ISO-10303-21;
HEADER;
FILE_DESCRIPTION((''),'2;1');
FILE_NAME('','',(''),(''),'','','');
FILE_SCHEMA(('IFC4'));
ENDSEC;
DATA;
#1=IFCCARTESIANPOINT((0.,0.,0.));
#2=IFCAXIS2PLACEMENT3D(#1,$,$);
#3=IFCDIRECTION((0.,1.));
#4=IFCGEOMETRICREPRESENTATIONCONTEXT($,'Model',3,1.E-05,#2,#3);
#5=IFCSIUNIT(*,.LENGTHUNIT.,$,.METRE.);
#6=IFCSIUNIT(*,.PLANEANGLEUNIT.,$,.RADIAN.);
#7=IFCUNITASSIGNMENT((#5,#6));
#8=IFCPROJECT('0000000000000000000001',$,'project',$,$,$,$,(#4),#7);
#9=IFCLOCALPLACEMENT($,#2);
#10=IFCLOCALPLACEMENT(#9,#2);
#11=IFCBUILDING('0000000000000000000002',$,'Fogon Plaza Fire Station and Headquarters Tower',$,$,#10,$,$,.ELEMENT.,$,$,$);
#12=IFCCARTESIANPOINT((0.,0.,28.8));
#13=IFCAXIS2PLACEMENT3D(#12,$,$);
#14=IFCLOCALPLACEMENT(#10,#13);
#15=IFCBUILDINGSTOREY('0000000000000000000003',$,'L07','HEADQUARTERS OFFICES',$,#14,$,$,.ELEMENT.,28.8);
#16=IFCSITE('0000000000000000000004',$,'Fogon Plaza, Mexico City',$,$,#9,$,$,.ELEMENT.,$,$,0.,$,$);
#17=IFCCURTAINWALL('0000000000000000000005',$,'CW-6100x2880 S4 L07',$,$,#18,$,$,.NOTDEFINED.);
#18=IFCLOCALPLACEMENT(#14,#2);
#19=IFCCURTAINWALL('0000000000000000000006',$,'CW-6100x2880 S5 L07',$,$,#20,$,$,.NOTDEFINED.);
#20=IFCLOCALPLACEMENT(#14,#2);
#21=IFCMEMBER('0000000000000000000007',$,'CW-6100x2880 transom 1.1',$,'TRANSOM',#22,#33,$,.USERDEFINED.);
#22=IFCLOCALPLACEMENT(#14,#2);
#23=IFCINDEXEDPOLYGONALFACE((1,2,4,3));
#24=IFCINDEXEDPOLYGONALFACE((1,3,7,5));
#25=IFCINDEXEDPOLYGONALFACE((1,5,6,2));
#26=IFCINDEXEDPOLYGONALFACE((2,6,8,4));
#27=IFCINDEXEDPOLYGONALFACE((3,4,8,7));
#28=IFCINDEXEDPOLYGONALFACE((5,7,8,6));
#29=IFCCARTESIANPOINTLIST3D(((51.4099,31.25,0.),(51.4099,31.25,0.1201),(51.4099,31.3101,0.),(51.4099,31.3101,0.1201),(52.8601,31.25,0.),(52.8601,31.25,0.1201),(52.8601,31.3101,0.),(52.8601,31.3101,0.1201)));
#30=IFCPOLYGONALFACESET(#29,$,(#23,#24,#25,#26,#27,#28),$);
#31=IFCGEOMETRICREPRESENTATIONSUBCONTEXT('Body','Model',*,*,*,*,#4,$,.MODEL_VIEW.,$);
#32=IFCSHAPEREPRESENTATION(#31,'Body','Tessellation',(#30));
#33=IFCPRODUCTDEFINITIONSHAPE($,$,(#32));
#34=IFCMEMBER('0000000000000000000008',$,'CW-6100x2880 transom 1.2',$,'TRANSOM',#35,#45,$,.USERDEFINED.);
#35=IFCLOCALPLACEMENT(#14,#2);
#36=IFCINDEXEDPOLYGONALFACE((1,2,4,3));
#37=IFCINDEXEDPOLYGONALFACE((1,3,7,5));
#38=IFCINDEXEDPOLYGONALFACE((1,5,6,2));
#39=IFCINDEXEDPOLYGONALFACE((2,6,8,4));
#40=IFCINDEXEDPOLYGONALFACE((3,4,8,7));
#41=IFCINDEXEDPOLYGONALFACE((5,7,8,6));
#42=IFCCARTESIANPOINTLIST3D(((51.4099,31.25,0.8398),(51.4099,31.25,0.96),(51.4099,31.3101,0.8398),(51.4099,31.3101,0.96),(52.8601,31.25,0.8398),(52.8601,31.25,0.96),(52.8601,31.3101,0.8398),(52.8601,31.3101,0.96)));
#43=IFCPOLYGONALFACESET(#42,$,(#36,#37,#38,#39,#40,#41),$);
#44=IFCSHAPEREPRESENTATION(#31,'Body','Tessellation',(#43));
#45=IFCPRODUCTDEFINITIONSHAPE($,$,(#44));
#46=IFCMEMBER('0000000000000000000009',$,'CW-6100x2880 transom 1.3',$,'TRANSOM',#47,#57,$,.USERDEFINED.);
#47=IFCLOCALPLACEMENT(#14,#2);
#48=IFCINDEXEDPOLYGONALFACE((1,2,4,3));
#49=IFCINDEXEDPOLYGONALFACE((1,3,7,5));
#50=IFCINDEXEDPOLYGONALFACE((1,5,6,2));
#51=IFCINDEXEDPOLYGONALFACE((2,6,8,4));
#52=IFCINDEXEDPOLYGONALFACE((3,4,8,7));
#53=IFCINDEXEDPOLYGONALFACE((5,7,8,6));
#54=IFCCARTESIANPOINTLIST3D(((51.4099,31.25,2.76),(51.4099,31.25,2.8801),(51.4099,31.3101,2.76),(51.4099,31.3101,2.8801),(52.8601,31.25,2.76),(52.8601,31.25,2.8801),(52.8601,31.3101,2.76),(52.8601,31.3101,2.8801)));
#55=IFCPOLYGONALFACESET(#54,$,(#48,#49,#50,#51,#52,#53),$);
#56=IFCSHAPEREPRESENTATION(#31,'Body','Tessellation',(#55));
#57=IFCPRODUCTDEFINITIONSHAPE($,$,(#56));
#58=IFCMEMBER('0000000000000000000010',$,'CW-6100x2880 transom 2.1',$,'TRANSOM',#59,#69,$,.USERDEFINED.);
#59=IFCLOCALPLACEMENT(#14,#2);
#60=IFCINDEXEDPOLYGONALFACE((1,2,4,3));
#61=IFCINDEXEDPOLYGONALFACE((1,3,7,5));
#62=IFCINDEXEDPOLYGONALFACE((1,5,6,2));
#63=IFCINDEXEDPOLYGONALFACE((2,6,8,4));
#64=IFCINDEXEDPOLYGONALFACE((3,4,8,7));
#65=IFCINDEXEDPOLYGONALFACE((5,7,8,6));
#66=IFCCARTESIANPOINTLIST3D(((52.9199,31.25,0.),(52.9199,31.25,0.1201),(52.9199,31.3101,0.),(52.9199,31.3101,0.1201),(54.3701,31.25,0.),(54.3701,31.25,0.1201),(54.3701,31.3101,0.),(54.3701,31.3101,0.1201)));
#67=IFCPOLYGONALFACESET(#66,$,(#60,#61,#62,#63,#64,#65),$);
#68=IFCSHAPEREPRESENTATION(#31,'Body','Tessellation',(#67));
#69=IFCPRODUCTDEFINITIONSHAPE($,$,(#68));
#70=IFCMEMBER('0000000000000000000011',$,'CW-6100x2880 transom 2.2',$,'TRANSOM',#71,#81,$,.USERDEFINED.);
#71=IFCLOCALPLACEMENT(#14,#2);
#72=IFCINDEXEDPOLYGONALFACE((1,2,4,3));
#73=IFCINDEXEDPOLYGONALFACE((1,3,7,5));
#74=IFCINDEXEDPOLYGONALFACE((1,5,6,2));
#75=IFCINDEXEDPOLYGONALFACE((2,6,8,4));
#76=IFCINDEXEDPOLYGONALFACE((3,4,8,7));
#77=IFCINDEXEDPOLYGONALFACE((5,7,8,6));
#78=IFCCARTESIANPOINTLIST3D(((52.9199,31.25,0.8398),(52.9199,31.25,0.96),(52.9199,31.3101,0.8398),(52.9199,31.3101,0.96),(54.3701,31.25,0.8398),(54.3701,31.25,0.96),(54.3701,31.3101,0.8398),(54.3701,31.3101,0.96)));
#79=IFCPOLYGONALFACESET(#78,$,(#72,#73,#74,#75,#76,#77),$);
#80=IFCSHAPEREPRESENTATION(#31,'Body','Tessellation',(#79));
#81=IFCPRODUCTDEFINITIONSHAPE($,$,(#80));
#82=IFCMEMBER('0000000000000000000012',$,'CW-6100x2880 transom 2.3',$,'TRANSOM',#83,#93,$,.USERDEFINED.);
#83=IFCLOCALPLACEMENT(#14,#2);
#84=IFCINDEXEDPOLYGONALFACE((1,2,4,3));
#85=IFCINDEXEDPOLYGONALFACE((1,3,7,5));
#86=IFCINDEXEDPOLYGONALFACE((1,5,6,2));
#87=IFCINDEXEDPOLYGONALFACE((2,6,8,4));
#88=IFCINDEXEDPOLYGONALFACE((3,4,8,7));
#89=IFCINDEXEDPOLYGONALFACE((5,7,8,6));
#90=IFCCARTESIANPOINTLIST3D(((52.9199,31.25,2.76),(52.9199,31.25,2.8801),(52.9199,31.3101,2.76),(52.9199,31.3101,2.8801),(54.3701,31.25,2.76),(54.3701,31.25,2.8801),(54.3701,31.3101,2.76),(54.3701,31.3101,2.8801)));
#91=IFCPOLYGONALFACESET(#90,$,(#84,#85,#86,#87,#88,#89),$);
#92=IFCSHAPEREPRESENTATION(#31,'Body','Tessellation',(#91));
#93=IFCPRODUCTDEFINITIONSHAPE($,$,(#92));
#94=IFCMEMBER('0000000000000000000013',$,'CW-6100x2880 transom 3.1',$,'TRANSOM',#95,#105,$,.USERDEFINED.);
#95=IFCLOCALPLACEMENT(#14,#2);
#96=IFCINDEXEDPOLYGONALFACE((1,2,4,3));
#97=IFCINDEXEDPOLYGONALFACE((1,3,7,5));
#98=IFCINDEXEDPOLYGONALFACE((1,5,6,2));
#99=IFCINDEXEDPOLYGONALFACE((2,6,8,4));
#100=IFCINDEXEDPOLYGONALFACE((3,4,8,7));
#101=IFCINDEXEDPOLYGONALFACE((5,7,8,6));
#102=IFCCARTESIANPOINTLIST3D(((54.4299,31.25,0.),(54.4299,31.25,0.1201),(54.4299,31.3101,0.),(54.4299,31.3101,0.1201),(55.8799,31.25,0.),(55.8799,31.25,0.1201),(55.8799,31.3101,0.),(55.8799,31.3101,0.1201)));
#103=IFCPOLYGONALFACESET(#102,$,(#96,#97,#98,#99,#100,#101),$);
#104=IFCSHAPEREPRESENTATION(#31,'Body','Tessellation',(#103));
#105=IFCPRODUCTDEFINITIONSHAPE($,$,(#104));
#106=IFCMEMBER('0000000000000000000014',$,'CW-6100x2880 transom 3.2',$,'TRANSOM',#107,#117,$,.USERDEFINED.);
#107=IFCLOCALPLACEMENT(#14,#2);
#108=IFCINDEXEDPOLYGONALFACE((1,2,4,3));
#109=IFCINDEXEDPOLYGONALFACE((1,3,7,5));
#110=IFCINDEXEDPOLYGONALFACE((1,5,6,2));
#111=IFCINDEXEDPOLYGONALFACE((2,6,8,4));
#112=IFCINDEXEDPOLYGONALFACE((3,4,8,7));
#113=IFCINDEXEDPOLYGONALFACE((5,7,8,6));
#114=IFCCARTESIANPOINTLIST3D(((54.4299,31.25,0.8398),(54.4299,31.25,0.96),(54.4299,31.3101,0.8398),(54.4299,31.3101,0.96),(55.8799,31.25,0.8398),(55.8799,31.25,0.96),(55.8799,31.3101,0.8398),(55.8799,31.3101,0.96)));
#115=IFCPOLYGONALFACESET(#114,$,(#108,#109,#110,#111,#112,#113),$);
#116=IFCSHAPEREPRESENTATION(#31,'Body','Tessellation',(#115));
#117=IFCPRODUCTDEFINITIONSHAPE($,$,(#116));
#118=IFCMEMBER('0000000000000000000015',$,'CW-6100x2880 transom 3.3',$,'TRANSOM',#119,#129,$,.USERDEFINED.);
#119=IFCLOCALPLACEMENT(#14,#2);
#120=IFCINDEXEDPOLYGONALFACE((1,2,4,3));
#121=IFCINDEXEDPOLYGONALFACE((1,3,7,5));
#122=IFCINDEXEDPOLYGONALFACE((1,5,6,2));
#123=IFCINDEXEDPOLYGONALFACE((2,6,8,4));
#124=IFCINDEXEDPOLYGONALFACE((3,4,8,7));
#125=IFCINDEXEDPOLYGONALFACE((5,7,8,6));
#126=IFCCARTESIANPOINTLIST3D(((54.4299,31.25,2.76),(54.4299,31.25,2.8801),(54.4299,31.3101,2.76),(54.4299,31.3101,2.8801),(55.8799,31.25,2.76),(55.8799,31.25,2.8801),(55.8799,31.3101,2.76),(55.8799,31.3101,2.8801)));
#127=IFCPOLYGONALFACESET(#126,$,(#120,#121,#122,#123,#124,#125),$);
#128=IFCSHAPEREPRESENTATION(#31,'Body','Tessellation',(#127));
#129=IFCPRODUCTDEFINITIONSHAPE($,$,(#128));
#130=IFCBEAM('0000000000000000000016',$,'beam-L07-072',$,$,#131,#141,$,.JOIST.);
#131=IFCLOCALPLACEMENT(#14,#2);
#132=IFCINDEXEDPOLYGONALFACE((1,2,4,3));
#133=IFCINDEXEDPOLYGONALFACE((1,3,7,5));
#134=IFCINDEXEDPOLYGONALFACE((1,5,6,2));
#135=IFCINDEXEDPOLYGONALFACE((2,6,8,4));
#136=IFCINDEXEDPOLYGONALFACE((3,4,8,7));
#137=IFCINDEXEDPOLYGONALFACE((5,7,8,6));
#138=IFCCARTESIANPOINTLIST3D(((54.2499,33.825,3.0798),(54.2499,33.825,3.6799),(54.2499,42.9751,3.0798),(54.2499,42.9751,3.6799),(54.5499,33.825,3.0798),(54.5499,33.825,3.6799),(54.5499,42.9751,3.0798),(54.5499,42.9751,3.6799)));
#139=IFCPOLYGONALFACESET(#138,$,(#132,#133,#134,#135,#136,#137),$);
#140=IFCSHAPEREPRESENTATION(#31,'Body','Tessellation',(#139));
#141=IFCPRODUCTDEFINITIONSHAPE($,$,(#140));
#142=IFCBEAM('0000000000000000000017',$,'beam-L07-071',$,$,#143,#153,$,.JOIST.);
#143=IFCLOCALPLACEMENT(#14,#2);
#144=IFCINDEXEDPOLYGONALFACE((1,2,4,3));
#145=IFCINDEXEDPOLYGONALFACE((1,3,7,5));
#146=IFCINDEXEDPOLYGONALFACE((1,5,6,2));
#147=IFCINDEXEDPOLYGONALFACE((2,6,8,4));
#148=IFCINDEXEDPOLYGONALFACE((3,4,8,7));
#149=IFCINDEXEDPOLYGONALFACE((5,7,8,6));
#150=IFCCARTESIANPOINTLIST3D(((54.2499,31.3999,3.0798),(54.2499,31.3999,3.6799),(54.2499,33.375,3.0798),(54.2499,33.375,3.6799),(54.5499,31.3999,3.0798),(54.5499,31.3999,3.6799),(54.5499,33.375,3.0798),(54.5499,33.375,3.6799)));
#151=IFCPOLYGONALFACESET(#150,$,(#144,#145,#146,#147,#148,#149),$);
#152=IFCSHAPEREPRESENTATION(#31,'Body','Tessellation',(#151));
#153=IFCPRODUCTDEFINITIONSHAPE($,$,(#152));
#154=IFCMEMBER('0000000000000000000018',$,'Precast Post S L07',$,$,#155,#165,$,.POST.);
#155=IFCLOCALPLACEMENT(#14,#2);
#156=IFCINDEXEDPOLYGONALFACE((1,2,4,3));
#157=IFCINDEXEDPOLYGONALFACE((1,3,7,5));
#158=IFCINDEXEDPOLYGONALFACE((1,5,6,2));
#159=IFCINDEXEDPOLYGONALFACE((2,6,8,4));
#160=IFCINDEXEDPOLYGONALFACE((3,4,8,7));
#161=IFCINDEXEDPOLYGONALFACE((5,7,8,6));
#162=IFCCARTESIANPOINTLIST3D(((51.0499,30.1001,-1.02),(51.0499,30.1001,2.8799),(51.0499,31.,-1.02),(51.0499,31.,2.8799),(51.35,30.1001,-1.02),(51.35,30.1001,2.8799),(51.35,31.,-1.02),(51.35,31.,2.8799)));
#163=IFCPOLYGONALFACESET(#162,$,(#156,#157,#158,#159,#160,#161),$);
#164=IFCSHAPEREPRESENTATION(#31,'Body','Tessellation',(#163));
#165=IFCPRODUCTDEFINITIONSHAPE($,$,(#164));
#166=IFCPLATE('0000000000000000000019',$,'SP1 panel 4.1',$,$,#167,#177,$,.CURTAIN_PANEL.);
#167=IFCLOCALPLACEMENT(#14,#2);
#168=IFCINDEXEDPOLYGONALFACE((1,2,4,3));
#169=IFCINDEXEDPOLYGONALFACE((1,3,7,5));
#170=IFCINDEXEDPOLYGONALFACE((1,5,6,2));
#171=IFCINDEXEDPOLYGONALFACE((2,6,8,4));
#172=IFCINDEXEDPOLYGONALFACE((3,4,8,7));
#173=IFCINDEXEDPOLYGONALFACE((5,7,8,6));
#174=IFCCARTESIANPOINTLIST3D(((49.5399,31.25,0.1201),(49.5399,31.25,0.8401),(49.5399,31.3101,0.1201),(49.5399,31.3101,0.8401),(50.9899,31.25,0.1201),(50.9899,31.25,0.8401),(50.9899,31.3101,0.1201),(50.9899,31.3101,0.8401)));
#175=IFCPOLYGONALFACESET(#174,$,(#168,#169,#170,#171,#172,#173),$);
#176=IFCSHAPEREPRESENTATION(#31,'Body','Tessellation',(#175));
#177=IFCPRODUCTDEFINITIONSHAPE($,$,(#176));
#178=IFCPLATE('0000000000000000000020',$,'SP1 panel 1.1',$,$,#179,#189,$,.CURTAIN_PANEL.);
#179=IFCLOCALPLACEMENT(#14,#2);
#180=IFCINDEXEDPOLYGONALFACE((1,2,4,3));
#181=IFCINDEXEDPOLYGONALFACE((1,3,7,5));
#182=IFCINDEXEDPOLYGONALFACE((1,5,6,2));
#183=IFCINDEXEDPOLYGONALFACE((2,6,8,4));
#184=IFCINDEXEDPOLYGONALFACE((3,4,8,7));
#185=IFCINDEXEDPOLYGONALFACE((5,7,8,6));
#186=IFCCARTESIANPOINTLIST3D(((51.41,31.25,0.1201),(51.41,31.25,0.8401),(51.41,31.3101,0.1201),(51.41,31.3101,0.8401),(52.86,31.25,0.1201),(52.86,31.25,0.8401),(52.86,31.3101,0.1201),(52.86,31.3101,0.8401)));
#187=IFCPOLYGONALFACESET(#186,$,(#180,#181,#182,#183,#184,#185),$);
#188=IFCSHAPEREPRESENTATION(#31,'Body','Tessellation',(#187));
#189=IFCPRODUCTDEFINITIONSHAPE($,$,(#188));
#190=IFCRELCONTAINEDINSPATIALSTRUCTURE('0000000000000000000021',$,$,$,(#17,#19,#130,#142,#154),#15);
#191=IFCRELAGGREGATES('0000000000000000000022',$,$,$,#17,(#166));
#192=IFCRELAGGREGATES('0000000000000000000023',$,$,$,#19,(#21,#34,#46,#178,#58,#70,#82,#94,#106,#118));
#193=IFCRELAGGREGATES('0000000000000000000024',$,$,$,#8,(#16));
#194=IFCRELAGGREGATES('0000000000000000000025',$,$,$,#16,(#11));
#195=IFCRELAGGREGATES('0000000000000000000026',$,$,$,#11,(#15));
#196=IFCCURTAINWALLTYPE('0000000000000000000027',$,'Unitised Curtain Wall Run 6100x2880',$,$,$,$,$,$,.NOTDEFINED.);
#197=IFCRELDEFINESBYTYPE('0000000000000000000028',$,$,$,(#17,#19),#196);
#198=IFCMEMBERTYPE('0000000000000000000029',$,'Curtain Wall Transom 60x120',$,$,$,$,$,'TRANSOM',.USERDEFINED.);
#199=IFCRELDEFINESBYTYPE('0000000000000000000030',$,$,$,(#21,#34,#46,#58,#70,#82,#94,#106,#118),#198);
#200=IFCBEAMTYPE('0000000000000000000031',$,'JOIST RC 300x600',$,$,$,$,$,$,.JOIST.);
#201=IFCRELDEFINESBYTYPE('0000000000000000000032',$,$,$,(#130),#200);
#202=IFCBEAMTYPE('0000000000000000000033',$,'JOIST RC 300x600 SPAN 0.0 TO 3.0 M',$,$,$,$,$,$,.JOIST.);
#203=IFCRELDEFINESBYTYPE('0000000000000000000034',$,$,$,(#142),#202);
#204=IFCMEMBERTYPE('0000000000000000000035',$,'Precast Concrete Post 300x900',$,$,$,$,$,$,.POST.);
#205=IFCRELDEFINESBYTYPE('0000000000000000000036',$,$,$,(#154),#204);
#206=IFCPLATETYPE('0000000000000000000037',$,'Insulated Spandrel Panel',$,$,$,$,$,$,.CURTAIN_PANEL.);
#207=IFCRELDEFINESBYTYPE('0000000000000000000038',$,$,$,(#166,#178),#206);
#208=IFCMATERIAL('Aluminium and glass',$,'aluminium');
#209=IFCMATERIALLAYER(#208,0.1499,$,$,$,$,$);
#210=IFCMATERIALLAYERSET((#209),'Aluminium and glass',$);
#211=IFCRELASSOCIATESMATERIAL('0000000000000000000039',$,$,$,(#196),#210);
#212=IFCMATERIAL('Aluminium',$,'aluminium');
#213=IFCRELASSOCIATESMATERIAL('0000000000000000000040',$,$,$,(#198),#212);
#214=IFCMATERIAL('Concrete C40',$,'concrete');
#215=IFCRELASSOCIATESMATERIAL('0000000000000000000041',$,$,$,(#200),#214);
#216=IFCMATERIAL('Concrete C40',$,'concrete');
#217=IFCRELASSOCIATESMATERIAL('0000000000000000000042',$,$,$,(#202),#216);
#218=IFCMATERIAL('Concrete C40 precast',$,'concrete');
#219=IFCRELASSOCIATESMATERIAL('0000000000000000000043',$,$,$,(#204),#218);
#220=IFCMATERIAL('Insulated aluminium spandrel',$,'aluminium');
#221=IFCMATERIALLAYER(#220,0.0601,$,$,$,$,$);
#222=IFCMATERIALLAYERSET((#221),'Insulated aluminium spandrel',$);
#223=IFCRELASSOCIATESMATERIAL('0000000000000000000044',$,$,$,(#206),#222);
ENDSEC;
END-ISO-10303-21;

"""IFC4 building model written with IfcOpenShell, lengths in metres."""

from ifc_helpers import new_model, si_unit, direction, frame, origin, origin_2d, place, context, subcontext, project, spatial, rectangle, extrude, material, layer, layer_set, material_profile, profile_set, type_object, element, aggregate, save


model = new_model("IFC4")

# Units and contexts
model_context = context("Model", 3, precision=1e-05, world=origin(), true_north=direction((0.0, 1.0)))
body_context = subcontext(model_context, "Body", "Model", "MODEL_VIEW")
ifc_project = project(units=[si_unit("LENGTHUNIT", "METRE"), si_unit("PLANEANGLEUNIT", "RADIAN")], contexts=[model_context])

# Site, building, storey
site_placement = place(None, origin())
site = spatial("IfcSite", under=ifc_project, at=site_placement, Name="Fogon Plaza, Mexico City", CompositionType="ELEMENT", RefElevation=0.0)
building_placement = place(site_placement, origin())
building = spatial("IfcBuilding", under=site, at=building_placement, Name="Fogon Plaza Fire Station and Headquarters Tower", CompositionType="ELEMENT")
storey_placement = place(building_placement, frame((0.0, 0.0, 28.8)))
storey = spatial("IfcBuildingStorey", under=building, at=storey_placement, Name="L07", Description="HEADQUARTERS OFFICES", CompositionType="ELEMENT", Elevation=28.8)

# Curtain walls
ifc_material_1 = material(Name="Aluminium and glass", Category="aluminium")
ifc_layer_1 = layer(ifc_material_1, 0.1499)
ifc_layer_set_1 = layer_set([ifc_layer_1], Name="Aluminium and glass")
curtain_wall_type = type_object("IfcCurtainWallType", Name="Unitised Curtain Wall Run 6100x2880", PredefinedType="NOTDEFINED", material=ifc_layer_set_1)
curtain_wall_1_placement = place(storey_placement, origin())
curtain_wall_1 = element("IfcCurtainWall", 1, at=curtain_wall_1_placement, inside=storey, type_object=curtain_wall_type, Name="CW-6100x2880 S4 L07", PredefinedType="NOTDEFINED")
curtain_wall_2_placement = place(storey_placement, origin())
curtain_wall_2 = element("IfcCurtainWall", 2, at=curtain_wall_2_placement, inside=storey, type_object=curtain_wall_type, Name="CW-6100x2880 S5 L07", PredefinedType="NOTDEFINED")

# Members
ifc_material_2 = material(Name="Aluminium", Category="aluminium")
ifc_material_profile_1 = material_profile(ifc_material_2, rectangle(XDim=0.0601, YDim=0.1201, at=origin_2d()), Name="Curtain Wall Transom 60x120")
ifc_profile_set_1 = profile_set([ifc_material_profile_1], Name="Aluminium")
member_type_1 = type_object("IfcMemberType", Name="Curtain Wall Transom 60x120", ElementType="TRANSOM", PredefinedType="USERDEFINED", material=ifc_profile_set_1)
member_1_placement = place(storey_placement, frame((51.4099, 31.28, 0.0601), z_axis=(1.0, 0.0, 0.0), x_axis=(0.0, 1.0, 0.0)))
member_1 = element("IfcMember", 3, at=member_1_placement, type_object=member_type_1, Name="CW-6100x2880 transom 1.1", ObjectType="TRANSOM", PredefinedType="USERDEFINED", context=body_context, shape_type="SweptSolid", body=[
    extrude(rectangle(XDim=0.0601, YDim=0.1201, at=origin_2d()), origin(), (0.0, 0.0, 1.0), 1.4502),
])
member_2_placement = place(storey_placement, frame((51.4099, 31.28, 0.8999), z_axis=(1.0, 0.0, 0.0), x_axis=(0.0, 1.0, 0.0)))
member_2 = element("IfcMember", 4, at=member_2_placement, type_object=member_type_1, Name="CW-6100x2880 transom 1.2", ObjectType="TRANSOM", PredefinedType="USERDEFINED", context=body_context, shape_type="SweptSolid", body=[
    extrude(rectangle(XDim=0.0601, YDim=0.1201, at=origin_2d()), origin(), (0.0, 0.0, 1.0), 1.4502),
])
member_3_placement = place(storey_placement, frame((51.4099, 31.28, 2.8201), z_axis=(1.0, 0.0, 0.0), x_axis=(0.0, 1.0, 0.0)))
member_3 = element("IfcMember", 5, at=member_3_placement, type_object=member_type_1, Name="CW-6100x2880 transom 1.3", ObjectType="TRANSOM", PredefinedType="USERDEFINED", context=body_context, shape_type="SweptSolid", body=[
    extrude(rectangle(XDim=0.0601, YDim=0.1201, at=origin_2d()), origin(), (0.0, 0.0, 1.0), 1.4502),
])
member_4_placement = place(storey_placement, frame((52.9199, 31.28, 0.0601), z_axis=(1.0, 0.0, 0.0), x_axis=(0.0, 1.0, 0.0)))
member_4 = element("IfcMember", 6, at=member_4_placement, type_object=member_type_1, Name="CW-6100x2880 transom 2.1", ObjectType="TRANSOM", PredefinedType="USERDEFINED", context=body_context, shape_type="SweptSolid", body=[
    extrude(rectangle(XDim=0.0601, YDim=0.1201, at=origin_2d()), origin(), (0.0, 0.0, 1.0), 1.4502),
])
member_5_placement = place(storey_placement, frame((52.9199, 31.28, 0.8999), z_axis=(1.0, 0.0, 0.0), x_axis=(0.0, 1.0, 0.0)))
member_5 = element("IfcMember", 7, at=member_5_placement, type_object=member_type_1, Name="CW-6100x2880 transom 2.2", ObjectType="TRANSOM", PredefinedType="USERDEFINED", context=body_context, shape_type="SweptSolid", body=[
    extrude(rectangle(XDim=0.0601, YDim=0.1201, at=origin_2d()), origin(), (0.0, 0.0, 1.0), 1.4502),
])
member_6_placement = place(storey_placement, frame((52.9199, 31.28, 2.8201), z_axis=(1.0, 0.0, 0.0), x_axis=(0.0, 1.0, 0.0)))
member_6 = element("IfcMember", 8, at=member_6_placement, type_object=member_type_1, Name="CW-6100x2880 transom 2.3", ObjectType="TRANSOM", PredefinedType="USERDEFINED", context=body_context, shape_type="SweptSolid", body=[
    extrude(rectangle(XDim=0.0601, YDim=0.1201, at=origin_2d()), origin(), (0.0, 0.0, 1.0), 1.4502),
])
member_7_placement = place(storey_placement, frame((54.4299, 31.28, 0.0601), z_axis=(1.0, 0.0, 0.0), x_axis=(0.0, 1.0, 0.0)))
member_7 = element("IfcMember", 9, at=member_7_placement, type_object=member_type_1, Name="CW-6100x2880 transom 3.1", ObjectType="TRANSOM", PredefinedType="USERDEFINED", context=body_context, shape_type="SweptSolid", body=[
    extrude(rectangle(XDim=0.0601, YDim=0.1201, at=origin_2d()), origin(), (0.0, 0.0, 1.0), 1.45),
])
member_8_placement = place(storey_placement, frame((54.4299, 31.28, 0.8999), z_axis=(1.0, 0.0, 0.0), x_axis=(0.0, 1.0, 0.0)))
member_8 = element("IfcMember", 10, at=member_8_placement, type_object=member_type_1, Name="CW-6100x2880 transom 3.2", ObjectType="TRANSOM", PredefinedType="USERDEFINED", context=body_context, shape_type="SweptSolid", body=[
    extrude(rectangle(XDim=0.0601, YDim=0.1201, at=origin_2d()), origin(), (0.0, 0.0, 1.0), 1.45),
])
member_9_placement = place(storey_placement, frame((54.4299, 31.28, 2.8201), z_axis=(1.0, 0.0, 0.0), x_axis=(0.0, 1.0, 0.0)))
member_9 = element("IfcMember", 11, at=member_9_placement, type_object=member_type_1, Name="CW-6100x2880 transom 3.3", ObjectType="TRANSOM", PredefinedType="USERDEFINED", context=body_context, shape_type="SweptSolid", body=[
    extrude(rectangle(XDim=0.0601, YDim=0.1201, at=origin_2d()), origin(), (0.0, 0.0, 1.0), 1.45),
])

# Beams
ifc_material_3 = material(Name="Concrete C40", Category="concrete")
ifc_material_profile_2 = material_profile(ifc_material_3, rectangle(XDim=0.3, YDim=0.6001, at=origin_2d()), Name="RC 300x600")
ifc_profile_set_2 = profile_set([ifc_material_profile_2], Name="Concrete C40")
beam_type_1 = type_object("IfcBeamType", Name="JOIST RC 300x600", PredefinedType="JOIST", material=ifc_profile_set_2)
beam_1_placement = place(storey_placement, frame((54.3999, 33.825, 3.3799), z_axis=(0.0, 1.0, 0.0), x_axis=(-1.0, 0.0, 0.0)))
element("IfcBeam", 12, at=beam_1_placement, inside=storey, type_object=beam_type_1, Name="beam-L07-072", PredefinedType="JOIST", context=body_context, shape_type="SweptSolid", body=[
    extrude(rectangle(XDim=0.3, YDim=0.6001, at=origin_2d()), origin(), (0.0, 0.0, 1.0), 9.1501),
])
ifc_material_4 = material(Name="Concrete C40", Category="concrete")
ifc_material_profile_3 = material_profile(ifc_material_4, rectangle(XDim=0.3, YDim=0.6001, at=origin_2d()), Name="RC 300x600")
ifc_profile_set_3 = profile_set([ifc_material_profile_3], Name="Concrete C40")
beam_type_2 = type_object("IfcBeamType", Name="JOIST RC 300x600 SPAN 0.0 TO 3.0 M", PredefinedType="JOIST", material=ifc_profile_set_3)
beam_2_placement = place(storey_placement, frame((54.3999, 31.3999, 3.3799), z_axis=(0.0, 1.0, 0.0), x_axis=(-1.0, 0.0, 0.0)))
element("IfcBeam", 13, at=beam_2_placement, inside=storey, type_object=beam_type_2, Name="beam-L07-071", PredefinedType="JOIST", context=body_context, shape_type="SweptSolid", body=[
    extrude(rectangle(XDim=0.3, YDim=0.6001, at=origin_2d()), origin(), (0.0, 0.0, 1.0), 1.9751),
])

# Member
ifc_material_5 = material(Name="Concrete C40 precast", Category="concrete")
ifc_material_profile_4 = material_profile(ifc_material_5, rectangle(XDim=0.3, YDim=0.8999, at=origin_2d()), Name="Precast Concrete Post 300x900")
ifc_profile_set_4 = profile_set([ifc_material_profile_4], Name="Concrete C40 precast")
member_type_2 = type_object("IfcMemberType", Name="Precast Concrete Post 300x900", PredefinedType="POST", material=ifc_profile_set_4)
member_10_placement = place(storey_placement, frame((51.2, 30.55, -1.02), z_axis=(0.0, 0.0, 1.0), x_axis=(1.0, 0.0, 0.0)))
element("IfcMember", 14, at=member_10_placement, inside=storey, type_object=member_type_2, Name="Precast Post S L07", PredefinedType="POST", context=body_context, shape_type="SweptSolid", body=[
    extrude(rectangle(XDim=0.3, YDim=0.8999, at=origin_2d()), origin(), (0.0, 0.0, 1.0), 3.8999),
])

# Plates
ifc_material_6 = material(Name="Insulated aluminium spandrel", Category="aluminium")
ifc_layer_2 = layer(ifc_material_6, 0.0601)
ifc_layer_set_2 = layer_set([ifc_layer_2], Name="Insulated aluminium spandrel")
plate_type_1 = type_object("IfcPlateType", Name="Insulated Spandrel Panel", PredefinedType="CURTAIN_PANEL", material=ifc_layer_set_2)
plate_1_placement = place(storey_placement, frame((50.2649, 31.28, 0.1201), z_axis=(0.0, 0.0, 1.0), x_axis=(1.0, 0.0, 0.0)))
plate_1 = element("IfcPlate", 15, at=plate_1_placement, type_object=plate_type_1, Name="SP1 panel 4.1", PredefinedType="CURTAIN_PANEL", context=body_context, shape_type="SweptSolid", body=[
    extrude(rectangle(XDim=1.45, YDim=0.0601, at=origin_2d()), origin(), (0.0, 0.0, 1.0), 0.72),
])
plate_2_placement = place(storey_placement, frame((52.135, 31.28, 0.1201), z_axis=(0.0, 0.0, 1.0), x_axis=(1.0, 0.0, 0.0)))
plate_2 = element("IfcPlate", 16, at=plate_2_placement, type_object=plate_type_1, Name="SP1 panel 1.1", PredefinedType="CURTAIN_PANEL", context=body_context, shape_type="SweptSolid", body=[
    extrude(rectangle(XDim=1.45, YDim=0.0601, at=origin_2d()), origin(), (0.0, 0.0, 1.0), 0.72),
])
aggregate(curtain_wall_1, [plate_1])
aggregate(curtain_wall_2, [member_1, member_2, member_3, plate_2, member_4, member_5, member_6, member_7, member_8, member_9])

save(model, "model.ifc")
